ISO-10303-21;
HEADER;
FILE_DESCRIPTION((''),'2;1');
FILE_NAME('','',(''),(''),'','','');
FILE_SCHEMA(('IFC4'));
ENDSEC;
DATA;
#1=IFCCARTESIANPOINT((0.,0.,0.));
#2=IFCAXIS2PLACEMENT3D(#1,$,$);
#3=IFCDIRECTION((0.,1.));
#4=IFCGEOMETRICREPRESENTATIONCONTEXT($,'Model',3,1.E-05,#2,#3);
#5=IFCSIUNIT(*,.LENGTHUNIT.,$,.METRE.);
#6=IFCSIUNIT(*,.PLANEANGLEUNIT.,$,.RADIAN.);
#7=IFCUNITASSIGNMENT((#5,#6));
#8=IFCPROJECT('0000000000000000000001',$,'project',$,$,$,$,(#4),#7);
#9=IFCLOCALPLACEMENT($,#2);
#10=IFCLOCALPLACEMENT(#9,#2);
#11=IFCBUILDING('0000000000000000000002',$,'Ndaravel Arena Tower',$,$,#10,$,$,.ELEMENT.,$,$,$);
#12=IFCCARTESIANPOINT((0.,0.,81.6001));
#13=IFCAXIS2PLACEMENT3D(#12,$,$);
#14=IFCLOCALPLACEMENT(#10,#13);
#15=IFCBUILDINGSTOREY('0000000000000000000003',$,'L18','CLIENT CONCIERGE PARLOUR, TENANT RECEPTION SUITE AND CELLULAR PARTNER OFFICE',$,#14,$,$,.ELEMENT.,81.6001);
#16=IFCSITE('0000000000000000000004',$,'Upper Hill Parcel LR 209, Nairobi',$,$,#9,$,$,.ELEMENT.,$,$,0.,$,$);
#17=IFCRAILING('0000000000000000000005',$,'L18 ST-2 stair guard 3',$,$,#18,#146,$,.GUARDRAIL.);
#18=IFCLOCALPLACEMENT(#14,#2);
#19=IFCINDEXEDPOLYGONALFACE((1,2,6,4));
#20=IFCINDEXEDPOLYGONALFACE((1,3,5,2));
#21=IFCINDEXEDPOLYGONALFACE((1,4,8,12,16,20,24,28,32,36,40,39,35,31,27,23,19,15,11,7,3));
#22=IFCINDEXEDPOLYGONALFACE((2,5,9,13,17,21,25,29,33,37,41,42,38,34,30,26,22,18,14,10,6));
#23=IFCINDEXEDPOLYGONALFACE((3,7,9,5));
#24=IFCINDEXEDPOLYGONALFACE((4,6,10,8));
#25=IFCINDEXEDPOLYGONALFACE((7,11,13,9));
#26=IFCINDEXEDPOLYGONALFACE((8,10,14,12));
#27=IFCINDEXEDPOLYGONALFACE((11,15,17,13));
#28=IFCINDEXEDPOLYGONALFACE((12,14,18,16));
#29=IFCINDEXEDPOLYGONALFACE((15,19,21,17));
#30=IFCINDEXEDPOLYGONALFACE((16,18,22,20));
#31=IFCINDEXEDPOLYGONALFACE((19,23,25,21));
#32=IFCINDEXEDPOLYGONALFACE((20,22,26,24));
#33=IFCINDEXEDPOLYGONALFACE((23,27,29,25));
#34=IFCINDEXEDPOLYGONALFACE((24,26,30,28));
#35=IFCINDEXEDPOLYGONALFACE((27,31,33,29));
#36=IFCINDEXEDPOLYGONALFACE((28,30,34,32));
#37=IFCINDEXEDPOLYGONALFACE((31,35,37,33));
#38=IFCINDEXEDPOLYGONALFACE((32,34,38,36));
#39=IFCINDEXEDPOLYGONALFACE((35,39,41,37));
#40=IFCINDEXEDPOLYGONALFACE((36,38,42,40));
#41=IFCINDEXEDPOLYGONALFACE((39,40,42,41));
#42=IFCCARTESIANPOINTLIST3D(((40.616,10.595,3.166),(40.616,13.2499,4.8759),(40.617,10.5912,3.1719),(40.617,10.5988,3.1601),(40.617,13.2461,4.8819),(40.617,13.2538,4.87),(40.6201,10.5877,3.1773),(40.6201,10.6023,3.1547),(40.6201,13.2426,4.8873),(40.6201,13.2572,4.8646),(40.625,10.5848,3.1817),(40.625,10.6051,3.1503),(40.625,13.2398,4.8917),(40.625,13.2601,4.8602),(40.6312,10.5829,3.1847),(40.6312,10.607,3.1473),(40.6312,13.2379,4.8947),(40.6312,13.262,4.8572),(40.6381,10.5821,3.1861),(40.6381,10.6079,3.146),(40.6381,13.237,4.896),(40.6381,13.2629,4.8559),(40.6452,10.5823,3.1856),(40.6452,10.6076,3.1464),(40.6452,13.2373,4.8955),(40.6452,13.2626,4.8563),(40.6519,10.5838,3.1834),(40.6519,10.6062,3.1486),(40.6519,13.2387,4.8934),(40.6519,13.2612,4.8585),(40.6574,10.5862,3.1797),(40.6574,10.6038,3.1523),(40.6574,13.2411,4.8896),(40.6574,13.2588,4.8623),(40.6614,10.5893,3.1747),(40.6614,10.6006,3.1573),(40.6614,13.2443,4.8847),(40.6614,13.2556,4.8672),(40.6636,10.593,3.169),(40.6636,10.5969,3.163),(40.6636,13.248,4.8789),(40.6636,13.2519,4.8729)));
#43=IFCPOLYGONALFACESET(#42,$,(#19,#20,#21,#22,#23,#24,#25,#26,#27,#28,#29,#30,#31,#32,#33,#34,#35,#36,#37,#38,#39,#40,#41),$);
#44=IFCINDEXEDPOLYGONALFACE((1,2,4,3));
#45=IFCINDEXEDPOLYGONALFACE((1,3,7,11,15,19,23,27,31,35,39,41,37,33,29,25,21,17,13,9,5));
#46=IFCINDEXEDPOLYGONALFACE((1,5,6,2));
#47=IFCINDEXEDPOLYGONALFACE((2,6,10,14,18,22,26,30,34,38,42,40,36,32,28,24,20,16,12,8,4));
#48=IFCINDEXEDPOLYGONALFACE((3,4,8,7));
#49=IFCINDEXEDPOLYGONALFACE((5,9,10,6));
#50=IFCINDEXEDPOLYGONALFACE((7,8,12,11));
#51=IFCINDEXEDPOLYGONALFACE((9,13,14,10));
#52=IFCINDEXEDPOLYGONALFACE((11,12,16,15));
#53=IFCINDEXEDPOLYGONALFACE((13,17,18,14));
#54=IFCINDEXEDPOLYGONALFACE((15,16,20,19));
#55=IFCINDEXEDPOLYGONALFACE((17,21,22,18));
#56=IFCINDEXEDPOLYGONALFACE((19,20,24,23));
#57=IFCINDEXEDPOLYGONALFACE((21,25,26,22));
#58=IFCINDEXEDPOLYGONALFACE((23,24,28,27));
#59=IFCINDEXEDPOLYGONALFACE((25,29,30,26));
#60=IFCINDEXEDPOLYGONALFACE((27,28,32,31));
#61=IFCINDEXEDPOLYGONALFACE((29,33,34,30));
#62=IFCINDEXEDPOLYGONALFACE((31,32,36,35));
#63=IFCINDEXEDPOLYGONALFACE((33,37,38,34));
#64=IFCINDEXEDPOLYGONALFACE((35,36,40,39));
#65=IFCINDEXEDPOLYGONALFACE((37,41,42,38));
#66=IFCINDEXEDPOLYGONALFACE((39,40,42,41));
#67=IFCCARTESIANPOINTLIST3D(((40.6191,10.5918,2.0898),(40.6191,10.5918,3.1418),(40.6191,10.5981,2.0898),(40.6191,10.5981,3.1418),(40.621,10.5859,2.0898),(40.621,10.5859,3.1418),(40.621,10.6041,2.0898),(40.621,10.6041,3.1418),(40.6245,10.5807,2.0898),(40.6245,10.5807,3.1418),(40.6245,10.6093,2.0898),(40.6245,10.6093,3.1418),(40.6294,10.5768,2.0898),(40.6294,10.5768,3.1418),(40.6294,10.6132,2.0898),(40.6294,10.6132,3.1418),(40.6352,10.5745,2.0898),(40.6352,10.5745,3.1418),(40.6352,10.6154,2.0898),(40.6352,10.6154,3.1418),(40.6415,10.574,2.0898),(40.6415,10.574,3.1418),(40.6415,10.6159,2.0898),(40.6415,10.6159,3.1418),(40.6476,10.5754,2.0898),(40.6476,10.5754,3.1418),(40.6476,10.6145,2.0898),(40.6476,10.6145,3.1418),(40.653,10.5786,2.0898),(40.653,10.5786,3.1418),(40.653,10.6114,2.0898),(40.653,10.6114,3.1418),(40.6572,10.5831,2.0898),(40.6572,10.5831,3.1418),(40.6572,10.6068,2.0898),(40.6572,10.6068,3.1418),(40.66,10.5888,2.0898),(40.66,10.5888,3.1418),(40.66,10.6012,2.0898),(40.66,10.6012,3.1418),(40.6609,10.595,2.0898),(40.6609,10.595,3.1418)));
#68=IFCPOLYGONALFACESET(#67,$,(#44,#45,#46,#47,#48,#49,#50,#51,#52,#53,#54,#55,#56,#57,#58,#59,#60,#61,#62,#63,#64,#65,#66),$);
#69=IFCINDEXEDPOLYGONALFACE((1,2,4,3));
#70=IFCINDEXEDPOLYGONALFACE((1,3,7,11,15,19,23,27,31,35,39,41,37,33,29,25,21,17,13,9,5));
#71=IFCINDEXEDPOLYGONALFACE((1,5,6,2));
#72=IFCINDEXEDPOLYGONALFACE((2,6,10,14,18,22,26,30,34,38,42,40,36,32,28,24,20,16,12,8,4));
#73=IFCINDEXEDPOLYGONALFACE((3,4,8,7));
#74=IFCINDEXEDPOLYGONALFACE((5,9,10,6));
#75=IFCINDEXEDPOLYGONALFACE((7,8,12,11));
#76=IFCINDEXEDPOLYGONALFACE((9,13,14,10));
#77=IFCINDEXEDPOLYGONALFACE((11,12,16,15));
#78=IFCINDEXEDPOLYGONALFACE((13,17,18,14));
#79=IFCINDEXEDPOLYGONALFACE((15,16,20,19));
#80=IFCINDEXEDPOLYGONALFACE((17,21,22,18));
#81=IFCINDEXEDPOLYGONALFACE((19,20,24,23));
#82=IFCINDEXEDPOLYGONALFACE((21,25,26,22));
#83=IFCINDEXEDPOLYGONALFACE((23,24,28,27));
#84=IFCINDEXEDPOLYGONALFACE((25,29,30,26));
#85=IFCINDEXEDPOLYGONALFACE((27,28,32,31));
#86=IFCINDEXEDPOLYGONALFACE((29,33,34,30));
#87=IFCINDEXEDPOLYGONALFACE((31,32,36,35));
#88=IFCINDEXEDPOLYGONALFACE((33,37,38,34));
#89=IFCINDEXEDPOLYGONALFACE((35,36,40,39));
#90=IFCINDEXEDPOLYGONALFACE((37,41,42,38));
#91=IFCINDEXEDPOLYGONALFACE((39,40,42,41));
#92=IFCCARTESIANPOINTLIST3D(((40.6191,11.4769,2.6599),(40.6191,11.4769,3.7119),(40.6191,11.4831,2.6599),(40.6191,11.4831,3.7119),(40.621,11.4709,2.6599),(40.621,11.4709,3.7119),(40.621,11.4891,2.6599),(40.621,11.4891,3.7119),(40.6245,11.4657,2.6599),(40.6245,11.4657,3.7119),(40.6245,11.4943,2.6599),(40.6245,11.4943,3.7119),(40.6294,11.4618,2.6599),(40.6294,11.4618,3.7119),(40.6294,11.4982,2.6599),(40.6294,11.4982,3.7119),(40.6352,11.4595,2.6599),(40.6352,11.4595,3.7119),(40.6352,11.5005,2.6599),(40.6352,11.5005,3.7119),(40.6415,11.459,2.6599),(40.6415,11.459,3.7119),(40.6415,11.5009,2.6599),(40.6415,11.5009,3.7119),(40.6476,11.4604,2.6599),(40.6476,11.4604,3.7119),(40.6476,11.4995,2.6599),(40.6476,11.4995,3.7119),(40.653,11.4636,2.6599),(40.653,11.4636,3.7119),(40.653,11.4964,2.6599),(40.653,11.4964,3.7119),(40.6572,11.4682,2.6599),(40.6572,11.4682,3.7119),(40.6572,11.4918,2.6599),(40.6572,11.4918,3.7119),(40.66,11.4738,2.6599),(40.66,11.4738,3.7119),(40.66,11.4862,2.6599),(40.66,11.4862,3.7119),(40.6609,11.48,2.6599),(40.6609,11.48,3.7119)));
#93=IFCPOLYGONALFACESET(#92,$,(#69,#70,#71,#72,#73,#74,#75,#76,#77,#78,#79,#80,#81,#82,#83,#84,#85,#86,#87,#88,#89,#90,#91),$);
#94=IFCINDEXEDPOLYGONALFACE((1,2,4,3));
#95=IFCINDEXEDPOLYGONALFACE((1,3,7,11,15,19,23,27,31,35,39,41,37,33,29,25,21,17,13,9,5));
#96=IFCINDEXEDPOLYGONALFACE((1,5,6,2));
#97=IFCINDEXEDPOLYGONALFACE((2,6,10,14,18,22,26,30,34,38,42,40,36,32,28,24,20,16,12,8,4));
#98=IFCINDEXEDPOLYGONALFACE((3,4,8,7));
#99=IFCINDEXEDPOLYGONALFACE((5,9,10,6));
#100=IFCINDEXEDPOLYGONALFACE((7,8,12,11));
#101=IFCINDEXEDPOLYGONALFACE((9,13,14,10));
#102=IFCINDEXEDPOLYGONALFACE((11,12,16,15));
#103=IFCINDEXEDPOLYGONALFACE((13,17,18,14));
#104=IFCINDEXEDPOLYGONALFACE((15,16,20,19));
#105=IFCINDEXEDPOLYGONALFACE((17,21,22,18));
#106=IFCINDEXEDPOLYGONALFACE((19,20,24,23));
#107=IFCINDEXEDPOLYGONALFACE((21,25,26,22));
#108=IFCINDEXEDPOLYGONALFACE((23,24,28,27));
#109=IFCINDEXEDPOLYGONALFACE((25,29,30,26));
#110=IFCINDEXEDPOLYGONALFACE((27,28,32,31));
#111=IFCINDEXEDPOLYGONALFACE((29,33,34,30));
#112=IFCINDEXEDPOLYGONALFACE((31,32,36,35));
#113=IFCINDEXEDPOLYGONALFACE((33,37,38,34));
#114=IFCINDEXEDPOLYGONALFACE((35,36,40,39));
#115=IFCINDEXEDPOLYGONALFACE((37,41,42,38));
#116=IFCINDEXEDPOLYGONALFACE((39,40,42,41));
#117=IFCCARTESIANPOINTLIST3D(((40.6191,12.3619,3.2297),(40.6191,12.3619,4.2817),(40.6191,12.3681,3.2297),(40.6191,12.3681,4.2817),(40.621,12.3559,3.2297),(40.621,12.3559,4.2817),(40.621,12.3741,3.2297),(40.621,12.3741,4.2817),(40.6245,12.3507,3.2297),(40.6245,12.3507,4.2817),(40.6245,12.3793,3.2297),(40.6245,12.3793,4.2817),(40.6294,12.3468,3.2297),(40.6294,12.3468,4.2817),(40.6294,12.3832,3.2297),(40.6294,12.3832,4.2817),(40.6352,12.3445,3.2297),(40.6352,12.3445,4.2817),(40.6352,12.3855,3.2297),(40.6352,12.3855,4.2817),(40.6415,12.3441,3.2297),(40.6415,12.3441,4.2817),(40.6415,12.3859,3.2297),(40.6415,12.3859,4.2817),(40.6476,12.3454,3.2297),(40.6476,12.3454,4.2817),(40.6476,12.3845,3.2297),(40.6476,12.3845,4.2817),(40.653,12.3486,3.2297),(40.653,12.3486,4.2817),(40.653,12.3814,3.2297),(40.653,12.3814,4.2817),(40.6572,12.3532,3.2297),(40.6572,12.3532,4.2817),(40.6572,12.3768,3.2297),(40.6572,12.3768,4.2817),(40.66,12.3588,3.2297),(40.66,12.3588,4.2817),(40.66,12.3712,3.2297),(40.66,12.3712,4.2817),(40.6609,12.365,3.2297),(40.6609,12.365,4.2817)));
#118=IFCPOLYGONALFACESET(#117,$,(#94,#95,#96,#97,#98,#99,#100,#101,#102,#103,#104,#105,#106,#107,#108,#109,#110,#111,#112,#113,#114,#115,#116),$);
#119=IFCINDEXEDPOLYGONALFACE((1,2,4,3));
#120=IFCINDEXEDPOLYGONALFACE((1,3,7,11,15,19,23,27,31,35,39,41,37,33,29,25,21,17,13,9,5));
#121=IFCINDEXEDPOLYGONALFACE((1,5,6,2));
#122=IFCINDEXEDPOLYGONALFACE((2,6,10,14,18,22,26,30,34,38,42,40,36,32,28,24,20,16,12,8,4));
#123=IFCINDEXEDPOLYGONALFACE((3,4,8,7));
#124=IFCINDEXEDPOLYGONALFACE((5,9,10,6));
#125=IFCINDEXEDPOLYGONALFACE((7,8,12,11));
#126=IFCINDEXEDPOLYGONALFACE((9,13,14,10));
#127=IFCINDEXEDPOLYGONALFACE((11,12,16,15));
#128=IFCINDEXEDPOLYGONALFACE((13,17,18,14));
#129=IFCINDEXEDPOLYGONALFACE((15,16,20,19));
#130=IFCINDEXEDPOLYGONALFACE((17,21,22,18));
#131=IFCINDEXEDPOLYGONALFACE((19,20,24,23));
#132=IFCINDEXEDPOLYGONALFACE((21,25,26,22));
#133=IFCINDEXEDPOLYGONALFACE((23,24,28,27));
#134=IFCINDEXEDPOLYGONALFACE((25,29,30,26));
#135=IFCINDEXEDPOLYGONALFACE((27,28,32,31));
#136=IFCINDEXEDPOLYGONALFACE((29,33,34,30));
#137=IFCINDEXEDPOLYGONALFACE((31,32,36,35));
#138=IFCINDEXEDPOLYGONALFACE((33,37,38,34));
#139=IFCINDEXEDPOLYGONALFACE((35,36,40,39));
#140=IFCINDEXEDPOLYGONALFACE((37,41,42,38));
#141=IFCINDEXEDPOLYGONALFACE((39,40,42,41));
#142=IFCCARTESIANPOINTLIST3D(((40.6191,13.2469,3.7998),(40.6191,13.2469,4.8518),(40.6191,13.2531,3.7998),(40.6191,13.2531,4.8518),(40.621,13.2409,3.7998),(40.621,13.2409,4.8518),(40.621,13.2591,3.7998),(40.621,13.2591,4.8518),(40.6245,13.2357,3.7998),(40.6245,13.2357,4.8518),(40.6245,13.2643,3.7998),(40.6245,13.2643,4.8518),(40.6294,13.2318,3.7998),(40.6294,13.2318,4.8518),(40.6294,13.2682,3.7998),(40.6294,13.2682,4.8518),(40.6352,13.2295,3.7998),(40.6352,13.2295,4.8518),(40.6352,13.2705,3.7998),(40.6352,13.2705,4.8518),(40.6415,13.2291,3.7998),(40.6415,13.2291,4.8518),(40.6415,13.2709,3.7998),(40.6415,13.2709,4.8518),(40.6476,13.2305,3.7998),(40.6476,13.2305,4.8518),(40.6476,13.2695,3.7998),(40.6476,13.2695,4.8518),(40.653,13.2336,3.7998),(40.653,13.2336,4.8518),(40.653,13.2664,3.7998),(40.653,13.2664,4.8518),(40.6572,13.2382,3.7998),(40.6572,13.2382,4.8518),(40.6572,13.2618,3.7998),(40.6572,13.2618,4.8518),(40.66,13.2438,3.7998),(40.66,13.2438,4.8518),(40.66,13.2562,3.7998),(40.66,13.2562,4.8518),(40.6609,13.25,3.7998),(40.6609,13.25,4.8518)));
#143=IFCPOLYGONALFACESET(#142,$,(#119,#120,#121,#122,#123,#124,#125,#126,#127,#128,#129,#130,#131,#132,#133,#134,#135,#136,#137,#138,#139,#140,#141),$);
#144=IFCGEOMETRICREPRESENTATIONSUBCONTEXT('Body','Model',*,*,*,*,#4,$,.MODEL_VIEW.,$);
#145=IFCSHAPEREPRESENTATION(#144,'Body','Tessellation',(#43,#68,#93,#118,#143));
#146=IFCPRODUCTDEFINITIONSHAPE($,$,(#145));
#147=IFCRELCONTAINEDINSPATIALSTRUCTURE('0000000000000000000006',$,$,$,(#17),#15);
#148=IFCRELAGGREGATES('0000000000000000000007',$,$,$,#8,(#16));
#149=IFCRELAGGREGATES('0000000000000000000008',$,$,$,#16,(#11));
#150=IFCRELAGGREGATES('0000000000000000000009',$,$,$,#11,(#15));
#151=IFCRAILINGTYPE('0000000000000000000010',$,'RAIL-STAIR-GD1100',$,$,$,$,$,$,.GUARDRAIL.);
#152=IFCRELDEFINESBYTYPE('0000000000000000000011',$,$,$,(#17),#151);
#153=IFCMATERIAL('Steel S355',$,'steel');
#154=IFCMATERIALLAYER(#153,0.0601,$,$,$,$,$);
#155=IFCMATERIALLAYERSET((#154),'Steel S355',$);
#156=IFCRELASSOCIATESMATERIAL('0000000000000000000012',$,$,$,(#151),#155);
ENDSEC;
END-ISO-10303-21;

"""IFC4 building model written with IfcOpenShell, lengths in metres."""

from ifc_helpers import new_model, si_unit, direction, frame, origin, origin_2d, place, context, subcontext, project, spatial, circle, extrude, material, layer, layer_set, type_object, element, save


model = new_model("IFC4")

# Units and contexts
model_context = context("Model", 3, precision=1e-05, world=origin(), true_north=direction((0.0, 1.0)))
body_context = subcontext(model_context, "Body", "Model", "MODEL_VIEW")
ifc_project = project(units=[si_unit("LENGTHUNIT", "METRE"), si_unit("PLANEANGLEUNIT", "RADIAN")], contexts=[model_context])

# Site, building, storey
site_placement = place(None, origin())
site = spatial("IfcSite", under=ifc_project, at=site_placement, Name="Upper Hill Parcel LR 209, Nairobi", CompositionType="ELEMENT", RefElevation=0.0)
building_placement = place(site_placement, origin())
building = spatial("IfcBuilding", under=site, at=building_placement, Name="Ndaravel Arena Tower", CompositionType="ELEMENT")
storey_placement = place(building_placement, frame((0.0, 0.0, 81.6001)))
storey = spatial("IfcBuildingStorey", under=building, at=storey_placement, Name="L18", Description="CLIENT CONCIERGE PARLOUR, TENANT RECEPTION SUITE AND CELLULAR PARTNER OFFICE", CompositionType="ELEMENT", Elevation=81.6001)

# Railing
ifc_material_1 = material(Name="Steel S355", Category="steel")
ifc_layer_1 = layer(ifc_material_1, 0.0601)
ifc_layer_set_1 = layer_set([ifc_layer_1], Name="Steel S355")
railing_type_1 = type_object("IfcRailingType", Name="RAIL-STAIR-GD1100", PredefinedType="GUARDRAIL", material=ifc_layer_set_1)
railing_1_placement = place(storey_placement, frame((40.6399, 10.595, 2.0898)))
element("IfcRailing", 1, at=railing_1_placement, inside=storey, type_object=railing_type_1, Name="L18 ST-2 stair guard 3", PredefinedType="GUARDRAIL", context=body_context, shape_type="SweptSolid", body=[
    extrude(circle(Radius=0.0239, at=origin_2d()), frame((0.0, 0.0, 1.0762), z_axis=(0.0, 0.840724, 0.541465), x_axis=(-1.0, 0.0, 0.0)), (0.0, 0.0, 1.0), 3.158),
    extrude(circle(Radius=0.021, at=origin_2d()), origin(), (0.0, 0.0, 1.0), 1.052),
    extrude(circle(Radius=0.021, at=origin_2d()), frame((0.0, 0.885, 0.5701)), (0.0, 0.0, 1.0), 1.052),
    extrude(circle(Radius=0.021, at=origin_2d()), frame((0.0, 1.77, 1.1399)), (0.0, 0.0, 1.0), 1.052),
    extrude(circle(Radius=0.021, at=origin_2d()), frame((0.0, 2.655, 1.71)), (0.0, 0.0, 1.0), 1.052),
])

save(model, "model.ifc")
